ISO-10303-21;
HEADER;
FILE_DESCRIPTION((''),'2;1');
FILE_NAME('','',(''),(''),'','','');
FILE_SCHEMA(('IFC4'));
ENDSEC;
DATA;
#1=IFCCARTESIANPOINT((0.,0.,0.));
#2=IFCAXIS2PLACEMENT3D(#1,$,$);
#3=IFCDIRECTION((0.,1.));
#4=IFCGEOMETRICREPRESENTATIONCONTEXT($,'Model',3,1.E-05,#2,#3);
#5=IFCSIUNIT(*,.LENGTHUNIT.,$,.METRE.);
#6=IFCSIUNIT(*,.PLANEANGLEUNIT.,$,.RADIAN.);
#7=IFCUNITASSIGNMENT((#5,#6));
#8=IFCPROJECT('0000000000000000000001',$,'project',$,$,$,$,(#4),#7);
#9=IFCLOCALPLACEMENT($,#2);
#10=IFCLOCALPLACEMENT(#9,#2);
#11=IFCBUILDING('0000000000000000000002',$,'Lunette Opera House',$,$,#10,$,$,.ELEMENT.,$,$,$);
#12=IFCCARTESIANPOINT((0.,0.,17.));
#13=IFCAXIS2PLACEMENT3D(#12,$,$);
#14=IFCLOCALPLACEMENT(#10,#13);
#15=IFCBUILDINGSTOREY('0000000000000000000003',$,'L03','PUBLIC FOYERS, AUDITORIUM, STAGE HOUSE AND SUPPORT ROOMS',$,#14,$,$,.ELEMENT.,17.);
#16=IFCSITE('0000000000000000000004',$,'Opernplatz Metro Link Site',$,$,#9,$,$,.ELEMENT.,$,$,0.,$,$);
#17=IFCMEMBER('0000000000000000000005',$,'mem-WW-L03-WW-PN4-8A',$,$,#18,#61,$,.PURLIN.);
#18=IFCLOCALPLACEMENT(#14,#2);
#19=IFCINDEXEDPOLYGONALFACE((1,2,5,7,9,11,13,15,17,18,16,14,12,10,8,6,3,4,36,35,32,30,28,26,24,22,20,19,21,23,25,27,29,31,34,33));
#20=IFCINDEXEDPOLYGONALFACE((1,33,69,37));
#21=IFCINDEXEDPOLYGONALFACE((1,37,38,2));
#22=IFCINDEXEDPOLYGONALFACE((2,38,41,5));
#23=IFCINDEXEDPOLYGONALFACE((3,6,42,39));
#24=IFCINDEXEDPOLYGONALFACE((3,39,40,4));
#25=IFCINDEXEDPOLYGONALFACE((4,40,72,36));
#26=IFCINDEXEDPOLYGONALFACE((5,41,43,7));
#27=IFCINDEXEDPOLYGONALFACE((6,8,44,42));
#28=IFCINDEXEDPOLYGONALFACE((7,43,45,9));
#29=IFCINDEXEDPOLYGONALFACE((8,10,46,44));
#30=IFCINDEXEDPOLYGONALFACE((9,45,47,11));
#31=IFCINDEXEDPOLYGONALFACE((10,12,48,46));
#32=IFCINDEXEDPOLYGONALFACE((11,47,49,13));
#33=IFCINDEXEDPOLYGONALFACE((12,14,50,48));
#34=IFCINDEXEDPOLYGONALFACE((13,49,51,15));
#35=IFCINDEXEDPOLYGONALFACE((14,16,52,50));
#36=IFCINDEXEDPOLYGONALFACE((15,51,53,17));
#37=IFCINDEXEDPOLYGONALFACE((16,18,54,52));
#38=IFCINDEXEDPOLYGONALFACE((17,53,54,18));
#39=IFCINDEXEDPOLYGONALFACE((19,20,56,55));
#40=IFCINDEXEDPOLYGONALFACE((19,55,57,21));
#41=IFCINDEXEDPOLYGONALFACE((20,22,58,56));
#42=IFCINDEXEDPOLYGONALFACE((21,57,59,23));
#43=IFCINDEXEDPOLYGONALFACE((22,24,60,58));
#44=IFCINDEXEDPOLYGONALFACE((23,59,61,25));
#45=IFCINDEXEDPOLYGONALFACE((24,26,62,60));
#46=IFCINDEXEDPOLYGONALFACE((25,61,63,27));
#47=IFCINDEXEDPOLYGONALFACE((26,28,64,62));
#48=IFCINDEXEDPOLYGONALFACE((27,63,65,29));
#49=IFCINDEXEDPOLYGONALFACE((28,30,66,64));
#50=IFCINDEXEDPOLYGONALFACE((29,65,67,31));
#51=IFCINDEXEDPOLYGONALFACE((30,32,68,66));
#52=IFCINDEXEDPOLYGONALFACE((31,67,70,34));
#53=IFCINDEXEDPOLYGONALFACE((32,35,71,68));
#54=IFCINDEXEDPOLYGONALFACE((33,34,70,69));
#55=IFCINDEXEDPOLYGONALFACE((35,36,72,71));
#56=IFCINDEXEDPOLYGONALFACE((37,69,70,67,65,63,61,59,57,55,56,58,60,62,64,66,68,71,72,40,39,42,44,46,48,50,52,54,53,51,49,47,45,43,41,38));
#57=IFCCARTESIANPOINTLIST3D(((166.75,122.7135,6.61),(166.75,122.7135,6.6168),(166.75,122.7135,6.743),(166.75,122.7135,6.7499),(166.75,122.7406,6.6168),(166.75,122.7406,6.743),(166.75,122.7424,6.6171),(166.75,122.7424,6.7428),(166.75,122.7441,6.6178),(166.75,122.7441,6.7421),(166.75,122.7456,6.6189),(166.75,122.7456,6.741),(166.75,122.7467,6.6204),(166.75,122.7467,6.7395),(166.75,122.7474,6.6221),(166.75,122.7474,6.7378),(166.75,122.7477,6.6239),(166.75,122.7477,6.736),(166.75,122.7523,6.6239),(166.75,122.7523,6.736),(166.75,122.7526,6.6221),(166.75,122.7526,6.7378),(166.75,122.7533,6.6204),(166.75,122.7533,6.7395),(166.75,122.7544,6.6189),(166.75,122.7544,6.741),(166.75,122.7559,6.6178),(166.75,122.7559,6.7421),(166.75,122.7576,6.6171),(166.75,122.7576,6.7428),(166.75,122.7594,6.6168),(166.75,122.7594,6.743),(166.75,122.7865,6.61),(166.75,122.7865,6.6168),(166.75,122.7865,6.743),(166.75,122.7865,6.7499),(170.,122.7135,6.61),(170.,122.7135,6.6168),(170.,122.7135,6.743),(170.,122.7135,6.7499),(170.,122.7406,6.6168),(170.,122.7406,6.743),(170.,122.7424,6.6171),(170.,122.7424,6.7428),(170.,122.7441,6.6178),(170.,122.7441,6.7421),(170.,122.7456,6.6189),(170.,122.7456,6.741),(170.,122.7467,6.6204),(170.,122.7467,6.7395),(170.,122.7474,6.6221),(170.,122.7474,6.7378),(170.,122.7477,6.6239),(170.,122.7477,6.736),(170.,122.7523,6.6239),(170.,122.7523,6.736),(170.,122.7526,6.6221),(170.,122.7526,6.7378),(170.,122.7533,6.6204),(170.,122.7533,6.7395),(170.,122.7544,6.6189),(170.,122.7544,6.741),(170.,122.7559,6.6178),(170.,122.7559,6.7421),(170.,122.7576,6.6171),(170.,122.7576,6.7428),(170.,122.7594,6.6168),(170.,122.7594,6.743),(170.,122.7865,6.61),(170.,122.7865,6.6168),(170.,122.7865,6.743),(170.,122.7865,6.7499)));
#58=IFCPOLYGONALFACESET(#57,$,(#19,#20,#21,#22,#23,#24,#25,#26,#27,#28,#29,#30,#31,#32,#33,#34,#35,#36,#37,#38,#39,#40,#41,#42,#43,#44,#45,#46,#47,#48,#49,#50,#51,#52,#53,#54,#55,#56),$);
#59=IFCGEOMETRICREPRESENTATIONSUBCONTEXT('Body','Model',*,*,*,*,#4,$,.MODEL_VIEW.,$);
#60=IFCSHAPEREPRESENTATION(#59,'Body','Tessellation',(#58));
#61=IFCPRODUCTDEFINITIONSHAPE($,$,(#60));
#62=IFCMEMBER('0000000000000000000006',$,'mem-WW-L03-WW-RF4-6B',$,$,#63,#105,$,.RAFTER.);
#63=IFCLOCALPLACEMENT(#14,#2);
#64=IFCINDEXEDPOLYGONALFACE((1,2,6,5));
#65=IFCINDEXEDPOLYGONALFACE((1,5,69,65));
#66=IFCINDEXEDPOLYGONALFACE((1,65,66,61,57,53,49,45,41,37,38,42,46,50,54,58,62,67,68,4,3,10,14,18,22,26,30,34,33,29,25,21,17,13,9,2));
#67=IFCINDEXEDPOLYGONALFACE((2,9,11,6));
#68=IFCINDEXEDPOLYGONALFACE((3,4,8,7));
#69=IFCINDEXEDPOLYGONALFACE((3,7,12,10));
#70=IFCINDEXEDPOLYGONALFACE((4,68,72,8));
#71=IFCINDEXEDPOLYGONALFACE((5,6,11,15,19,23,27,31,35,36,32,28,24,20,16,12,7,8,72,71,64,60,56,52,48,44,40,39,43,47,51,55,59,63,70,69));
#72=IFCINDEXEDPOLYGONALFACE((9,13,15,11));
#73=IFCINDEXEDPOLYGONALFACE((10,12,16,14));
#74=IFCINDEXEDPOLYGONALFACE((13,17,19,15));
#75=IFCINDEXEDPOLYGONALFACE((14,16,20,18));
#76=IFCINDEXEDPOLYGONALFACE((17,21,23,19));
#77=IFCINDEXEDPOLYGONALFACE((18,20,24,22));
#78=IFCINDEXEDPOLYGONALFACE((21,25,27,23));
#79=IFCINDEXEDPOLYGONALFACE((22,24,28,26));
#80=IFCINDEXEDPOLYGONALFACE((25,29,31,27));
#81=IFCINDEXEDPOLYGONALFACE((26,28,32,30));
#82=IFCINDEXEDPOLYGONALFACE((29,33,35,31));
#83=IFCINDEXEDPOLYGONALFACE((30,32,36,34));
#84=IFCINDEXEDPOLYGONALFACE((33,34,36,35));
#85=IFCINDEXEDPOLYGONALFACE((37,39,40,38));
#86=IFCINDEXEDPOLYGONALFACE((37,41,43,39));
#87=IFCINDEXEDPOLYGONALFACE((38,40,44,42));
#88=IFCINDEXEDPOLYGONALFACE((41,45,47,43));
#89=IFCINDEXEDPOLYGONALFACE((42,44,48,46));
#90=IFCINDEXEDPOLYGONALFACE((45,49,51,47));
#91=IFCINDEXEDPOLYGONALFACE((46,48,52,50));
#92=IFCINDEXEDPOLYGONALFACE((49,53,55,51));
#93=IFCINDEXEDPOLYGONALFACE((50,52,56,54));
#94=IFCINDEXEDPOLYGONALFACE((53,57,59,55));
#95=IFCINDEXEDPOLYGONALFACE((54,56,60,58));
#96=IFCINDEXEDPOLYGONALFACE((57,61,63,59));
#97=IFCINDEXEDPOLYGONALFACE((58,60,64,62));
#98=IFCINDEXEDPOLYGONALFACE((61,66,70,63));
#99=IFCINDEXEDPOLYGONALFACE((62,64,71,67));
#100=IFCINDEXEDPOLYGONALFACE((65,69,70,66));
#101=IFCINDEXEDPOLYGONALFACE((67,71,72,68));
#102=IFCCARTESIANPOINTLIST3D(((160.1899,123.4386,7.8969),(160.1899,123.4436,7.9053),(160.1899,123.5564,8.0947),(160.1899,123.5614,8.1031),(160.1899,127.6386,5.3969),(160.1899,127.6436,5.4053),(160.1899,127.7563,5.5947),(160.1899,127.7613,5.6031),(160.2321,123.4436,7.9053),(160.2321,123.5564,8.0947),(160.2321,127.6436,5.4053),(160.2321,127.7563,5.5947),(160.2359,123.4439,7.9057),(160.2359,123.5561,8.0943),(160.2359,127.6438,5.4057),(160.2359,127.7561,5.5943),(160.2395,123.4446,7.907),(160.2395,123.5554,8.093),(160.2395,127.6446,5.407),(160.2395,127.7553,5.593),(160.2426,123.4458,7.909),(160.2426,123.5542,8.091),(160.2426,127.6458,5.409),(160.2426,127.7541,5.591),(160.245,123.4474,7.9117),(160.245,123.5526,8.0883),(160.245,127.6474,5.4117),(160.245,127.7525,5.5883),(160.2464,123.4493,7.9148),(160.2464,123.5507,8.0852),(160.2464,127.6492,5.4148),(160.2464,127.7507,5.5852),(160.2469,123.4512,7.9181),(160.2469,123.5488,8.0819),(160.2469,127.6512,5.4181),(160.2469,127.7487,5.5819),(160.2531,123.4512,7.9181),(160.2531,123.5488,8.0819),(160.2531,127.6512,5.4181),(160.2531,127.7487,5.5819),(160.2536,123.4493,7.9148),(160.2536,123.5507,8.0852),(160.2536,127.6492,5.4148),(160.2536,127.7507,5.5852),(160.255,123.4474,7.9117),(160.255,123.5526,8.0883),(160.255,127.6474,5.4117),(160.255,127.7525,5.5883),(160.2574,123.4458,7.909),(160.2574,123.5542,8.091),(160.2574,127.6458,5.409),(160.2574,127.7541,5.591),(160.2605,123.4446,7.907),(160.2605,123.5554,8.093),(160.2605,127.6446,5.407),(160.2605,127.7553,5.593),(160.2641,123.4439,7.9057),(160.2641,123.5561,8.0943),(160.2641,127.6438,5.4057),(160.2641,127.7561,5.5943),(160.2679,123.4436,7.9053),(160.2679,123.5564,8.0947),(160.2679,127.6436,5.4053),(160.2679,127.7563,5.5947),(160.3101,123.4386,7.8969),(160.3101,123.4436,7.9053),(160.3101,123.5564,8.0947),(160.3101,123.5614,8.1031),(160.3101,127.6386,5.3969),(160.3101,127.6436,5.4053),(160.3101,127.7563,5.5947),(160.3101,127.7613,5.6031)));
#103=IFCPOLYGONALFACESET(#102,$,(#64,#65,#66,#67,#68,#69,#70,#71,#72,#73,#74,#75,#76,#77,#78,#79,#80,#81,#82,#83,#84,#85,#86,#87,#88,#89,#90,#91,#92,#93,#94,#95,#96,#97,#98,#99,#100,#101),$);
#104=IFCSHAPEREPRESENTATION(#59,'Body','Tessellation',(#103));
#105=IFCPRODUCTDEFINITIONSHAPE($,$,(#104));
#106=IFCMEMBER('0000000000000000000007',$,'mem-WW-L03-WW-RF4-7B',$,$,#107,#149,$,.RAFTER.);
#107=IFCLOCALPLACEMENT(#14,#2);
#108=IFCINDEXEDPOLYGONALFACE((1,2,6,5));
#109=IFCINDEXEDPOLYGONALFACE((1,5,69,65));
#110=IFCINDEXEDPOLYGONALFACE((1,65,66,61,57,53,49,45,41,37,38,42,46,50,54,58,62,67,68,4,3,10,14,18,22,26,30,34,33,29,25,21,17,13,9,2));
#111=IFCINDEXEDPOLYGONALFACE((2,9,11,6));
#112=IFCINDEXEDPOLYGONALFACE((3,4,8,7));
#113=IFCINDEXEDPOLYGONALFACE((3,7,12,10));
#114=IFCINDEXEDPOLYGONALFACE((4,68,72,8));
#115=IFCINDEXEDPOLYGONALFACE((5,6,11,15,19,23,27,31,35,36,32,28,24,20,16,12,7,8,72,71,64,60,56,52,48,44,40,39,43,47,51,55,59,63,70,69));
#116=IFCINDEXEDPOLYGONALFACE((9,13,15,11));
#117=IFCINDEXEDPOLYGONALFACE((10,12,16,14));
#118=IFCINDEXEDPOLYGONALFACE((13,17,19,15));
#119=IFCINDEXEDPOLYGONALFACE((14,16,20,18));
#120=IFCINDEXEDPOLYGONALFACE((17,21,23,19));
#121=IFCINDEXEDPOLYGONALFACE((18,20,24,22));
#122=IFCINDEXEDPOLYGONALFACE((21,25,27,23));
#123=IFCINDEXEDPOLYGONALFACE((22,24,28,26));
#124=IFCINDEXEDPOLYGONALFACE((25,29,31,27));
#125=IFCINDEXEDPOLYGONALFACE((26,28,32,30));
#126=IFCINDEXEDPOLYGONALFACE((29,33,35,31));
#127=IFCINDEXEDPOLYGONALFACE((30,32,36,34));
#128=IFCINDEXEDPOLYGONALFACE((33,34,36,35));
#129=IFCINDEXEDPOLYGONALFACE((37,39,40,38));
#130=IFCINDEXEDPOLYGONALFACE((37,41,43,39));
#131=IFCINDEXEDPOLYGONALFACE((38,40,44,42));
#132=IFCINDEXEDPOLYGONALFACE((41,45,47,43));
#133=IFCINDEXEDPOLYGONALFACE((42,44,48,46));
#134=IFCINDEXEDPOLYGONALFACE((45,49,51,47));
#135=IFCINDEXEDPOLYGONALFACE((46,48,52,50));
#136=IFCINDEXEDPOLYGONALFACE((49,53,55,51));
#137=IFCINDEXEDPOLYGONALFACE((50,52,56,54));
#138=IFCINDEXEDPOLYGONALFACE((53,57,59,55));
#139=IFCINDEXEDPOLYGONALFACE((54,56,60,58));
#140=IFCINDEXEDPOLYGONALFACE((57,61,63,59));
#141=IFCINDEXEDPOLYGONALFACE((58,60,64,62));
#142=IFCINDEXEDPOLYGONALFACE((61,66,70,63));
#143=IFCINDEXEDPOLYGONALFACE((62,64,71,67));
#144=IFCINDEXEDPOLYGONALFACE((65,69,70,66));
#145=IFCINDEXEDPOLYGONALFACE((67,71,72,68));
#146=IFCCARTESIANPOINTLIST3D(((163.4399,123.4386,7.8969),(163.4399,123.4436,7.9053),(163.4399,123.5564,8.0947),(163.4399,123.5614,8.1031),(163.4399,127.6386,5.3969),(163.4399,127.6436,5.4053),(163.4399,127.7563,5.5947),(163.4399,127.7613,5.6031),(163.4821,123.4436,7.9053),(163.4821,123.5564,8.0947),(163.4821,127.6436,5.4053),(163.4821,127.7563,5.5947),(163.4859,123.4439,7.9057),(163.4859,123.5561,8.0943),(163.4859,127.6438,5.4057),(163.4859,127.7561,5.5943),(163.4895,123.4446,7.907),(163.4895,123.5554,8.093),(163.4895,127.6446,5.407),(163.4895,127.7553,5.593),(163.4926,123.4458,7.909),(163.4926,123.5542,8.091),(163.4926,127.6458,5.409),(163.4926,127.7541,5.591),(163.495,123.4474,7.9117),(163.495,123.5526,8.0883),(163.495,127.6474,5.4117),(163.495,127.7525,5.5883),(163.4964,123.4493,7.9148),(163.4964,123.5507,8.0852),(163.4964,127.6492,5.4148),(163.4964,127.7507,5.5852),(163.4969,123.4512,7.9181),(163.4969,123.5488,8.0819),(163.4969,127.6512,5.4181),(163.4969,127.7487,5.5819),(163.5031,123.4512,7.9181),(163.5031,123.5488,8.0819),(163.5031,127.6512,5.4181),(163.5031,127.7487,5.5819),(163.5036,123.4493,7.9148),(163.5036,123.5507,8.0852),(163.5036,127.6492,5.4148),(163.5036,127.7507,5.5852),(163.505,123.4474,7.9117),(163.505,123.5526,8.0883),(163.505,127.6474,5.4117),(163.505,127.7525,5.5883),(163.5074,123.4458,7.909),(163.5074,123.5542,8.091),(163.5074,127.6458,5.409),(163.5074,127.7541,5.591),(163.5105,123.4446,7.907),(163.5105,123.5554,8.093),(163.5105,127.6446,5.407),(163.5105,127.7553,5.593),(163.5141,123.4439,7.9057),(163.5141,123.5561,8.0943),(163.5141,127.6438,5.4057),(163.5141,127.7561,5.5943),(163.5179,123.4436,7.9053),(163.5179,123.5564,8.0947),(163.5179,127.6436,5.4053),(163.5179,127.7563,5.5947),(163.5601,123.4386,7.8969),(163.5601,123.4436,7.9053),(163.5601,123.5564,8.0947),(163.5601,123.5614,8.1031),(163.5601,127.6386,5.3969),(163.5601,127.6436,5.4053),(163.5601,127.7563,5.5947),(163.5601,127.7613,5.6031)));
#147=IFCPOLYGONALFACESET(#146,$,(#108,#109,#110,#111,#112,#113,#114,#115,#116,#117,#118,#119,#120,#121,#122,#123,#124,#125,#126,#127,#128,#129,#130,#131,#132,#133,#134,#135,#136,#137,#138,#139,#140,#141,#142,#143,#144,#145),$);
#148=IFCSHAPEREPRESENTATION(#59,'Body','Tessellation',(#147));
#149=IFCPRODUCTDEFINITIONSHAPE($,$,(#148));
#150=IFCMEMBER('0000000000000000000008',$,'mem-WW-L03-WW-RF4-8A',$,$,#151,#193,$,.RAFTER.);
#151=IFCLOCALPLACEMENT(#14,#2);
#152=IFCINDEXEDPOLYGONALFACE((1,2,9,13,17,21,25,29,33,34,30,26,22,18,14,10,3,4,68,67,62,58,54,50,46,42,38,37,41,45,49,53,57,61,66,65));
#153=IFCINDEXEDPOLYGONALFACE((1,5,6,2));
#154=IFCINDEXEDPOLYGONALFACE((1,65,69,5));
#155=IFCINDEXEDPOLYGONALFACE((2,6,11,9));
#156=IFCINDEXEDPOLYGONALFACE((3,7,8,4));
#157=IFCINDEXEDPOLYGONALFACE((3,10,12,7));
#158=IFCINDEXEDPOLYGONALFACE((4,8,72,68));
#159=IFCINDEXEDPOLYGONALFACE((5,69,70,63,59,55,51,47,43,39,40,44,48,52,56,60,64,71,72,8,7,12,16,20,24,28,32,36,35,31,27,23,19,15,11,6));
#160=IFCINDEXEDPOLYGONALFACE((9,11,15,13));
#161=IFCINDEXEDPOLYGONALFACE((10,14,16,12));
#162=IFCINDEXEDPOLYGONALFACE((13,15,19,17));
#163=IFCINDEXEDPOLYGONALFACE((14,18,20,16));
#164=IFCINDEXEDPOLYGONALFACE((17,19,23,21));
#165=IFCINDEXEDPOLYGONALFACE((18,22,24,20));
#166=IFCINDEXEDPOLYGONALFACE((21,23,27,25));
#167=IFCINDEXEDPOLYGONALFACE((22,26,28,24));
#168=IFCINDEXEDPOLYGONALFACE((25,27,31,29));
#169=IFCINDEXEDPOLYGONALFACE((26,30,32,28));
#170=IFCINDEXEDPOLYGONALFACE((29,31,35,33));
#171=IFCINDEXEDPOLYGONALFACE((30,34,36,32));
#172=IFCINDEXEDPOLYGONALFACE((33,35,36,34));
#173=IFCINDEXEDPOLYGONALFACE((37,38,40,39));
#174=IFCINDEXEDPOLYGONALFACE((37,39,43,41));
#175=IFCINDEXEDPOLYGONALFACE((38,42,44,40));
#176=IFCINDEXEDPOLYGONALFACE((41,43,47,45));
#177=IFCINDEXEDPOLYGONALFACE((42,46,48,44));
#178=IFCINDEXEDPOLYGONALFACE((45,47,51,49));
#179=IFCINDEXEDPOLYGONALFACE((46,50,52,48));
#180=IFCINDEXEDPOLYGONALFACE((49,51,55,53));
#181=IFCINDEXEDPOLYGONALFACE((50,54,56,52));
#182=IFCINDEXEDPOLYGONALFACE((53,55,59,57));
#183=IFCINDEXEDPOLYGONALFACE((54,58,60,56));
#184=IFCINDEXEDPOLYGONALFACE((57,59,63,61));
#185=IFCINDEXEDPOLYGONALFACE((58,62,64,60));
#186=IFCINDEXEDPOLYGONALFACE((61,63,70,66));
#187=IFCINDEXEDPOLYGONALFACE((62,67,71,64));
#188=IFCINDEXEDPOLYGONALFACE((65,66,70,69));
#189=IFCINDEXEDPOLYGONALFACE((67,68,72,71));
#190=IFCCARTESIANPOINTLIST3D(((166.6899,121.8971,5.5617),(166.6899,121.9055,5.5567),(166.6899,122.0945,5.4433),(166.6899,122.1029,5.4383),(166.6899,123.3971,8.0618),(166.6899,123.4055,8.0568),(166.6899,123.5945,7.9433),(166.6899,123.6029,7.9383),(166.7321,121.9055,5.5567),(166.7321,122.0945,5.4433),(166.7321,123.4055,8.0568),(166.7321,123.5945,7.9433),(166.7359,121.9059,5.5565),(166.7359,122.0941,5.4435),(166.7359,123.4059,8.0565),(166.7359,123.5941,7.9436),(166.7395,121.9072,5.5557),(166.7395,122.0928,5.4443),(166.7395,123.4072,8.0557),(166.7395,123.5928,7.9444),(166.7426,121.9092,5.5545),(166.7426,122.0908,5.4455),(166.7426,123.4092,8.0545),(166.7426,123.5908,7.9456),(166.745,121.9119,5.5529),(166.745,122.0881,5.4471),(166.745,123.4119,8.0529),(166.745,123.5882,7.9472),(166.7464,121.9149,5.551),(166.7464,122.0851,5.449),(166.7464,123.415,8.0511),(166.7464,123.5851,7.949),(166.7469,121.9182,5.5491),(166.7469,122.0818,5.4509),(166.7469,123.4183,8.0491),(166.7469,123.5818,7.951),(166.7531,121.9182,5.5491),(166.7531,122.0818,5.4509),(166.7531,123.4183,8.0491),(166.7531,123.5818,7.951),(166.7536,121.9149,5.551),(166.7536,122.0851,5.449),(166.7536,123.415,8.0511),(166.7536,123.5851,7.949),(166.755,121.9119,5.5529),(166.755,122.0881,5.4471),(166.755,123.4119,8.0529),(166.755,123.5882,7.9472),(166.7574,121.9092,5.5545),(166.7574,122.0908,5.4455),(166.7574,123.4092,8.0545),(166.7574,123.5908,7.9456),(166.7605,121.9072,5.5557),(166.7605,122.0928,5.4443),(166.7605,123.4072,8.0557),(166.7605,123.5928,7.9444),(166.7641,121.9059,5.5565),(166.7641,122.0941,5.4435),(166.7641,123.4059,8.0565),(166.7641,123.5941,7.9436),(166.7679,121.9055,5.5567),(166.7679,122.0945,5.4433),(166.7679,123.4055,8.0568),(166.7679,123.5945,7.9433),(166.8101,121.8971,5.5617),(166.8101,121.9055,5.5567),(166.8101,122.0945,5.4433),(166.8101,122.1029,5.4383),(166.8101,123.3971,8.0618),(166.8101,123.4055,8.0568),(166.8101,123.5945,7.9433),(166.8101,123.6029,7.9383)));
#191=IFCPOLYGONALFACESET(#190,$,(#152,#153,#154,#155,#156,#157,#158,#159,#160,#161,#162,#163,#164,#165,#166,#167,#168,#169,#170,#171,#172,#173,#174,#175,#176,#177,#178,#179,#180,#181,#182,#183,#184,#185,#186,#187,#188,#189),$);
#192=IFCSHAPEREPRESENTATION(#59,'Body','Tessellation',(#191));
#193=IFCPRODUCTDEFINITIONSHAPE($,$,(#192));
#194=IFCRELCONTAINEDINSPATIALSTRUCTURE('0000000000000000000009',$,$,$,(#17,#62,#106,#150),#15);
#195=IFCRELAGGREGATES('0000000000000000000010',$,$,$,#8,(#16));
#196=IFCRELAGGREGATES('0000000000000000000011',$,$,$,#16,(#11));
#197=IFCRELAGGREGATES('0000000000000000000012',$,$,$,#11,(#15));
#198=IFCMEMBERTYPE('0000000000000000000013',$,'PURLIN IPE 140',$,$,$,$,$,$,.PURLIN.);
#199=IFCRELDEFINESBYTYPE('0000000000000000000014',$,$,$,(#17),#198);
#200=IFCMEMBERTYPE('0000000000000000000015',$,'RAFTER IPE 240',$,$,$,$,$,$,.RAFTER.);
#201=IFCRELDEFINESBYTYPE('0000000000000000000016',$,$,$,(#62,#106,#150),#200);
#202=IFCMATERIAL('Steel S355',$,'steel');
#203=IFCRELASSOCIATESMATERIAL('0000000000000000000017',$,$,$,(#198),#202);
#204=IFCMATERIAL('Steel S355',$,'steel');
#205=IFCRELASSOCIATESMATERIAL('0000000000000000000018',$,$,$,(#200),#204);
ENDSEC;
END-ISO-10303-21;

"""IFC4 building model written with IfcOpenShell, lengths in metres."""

from ifc_helpers import new_model, si_unit, direction, frame, origin, origin_2d, place, context, subcontext, project, spatial, i_section, extrude, material, material_profile, profile_set, type_object, element, save


model = new_model("IFC4")

# Units and contexts
model_context = context("Model", 3, precision=1e-05, world=origin(), true_north=direction((0.0, 1.0)))
body_context = subcontext(model_context, "Body", "Model", "MODEL_VIEW")
ifc_project = project(units=[si_unit("LENGTHUNIT", "METRE"), si_unit("PLANEANGLEUNIT", "RADIAN")], contexts=[model_context])

# Site, building, storey
site_placement = place(None, origin())
site = spatial("IfcSite", under=ifc_project, at=site_placement, Name="Opernplatz Metro Link Site", CompositionType="ELEMENT", RefElevation=0.0)
building_placement = place(site_placement, origin())
building = spatial("IfcBuilding", under=site, at=building_placement, Name="Lunette Opera House", CompositionType="ELEMENT")
storey_placement = place(building_placement, frame((0.0, 0.0, 17.0)))
storey = spatial("IfcBuildingStorey", under=building, at=storey_placement, Name="L03", Description="PUBLIC FOYERS, AUDITORIUM, STAGE HOUSE AND SUPPORT ROOMS", CompositionType="ELEMENT", Elevation=17.0)

# Members
ifc_material_1 = material(Name="Steel S355", Category="steel")
ifc_material_profile_1 = material_profile(ifc_material_1, i_section(OverallWidth=0.073, OverallDepth=0.1399, WebThickness=0.0046, FlangeThickness=0.0068, FilletRadius=0.0071, at=origin_2d()), Name="IPE 140")
ifc_profile_set_1 = profile_set([ifc_material_profile_1], Name="Steel S355")
member_type_1 = type_object("IfcMemberType", Name="PURLIN IPE 140", PredefinedType="PURLIN", material=ifc_profile_set_1)
for number, where, z_axis, x_axis, name in (
    (1, (166.75, 122.75, 6.6799), (1.0, 0.0, 0.0), (0.0, 1.0, 0.0), "mem-WW-L03-WW-PN4-8A"),
):
    element("IfcMember", number, at=place(storey_placement, frame(where, z_axis=z_axis, x_axis=x_axis)), inside=storey, type_object=member_type_1, Name=name, PredefinedType="PURLIN", context=body_context, shape_type="SweptSolid", body=[
        extrude(i_section(OverallWidth=0.073, OverallDepth=0.1399, WebThickness=0.0046, FlangeThickness=0.0068, FilletRadius=0.0071, at=origin_2d()), origin(), (0.0, 0.0, 1.0), 3.25),
    ])
ifc_material_2 = material(Name="Steel S355", Category="steel")
ifc_material_profile_2 = material_profile(ifc_material_2, i_section(OverallWidth=0.1201, OverallDepth=0.24, WebThickness=0.0061, FlangeThickness=0.0098, FilletRadius=0.0149, at=origin_2d()), Name="IPE 240")
ifc_profile_set_2 = profile_set([ifc_material_profile_2], Name="Steel S355")
member_type_2 = type_object("IfcMemberType", Name="RAFTER IPE 240", PredefinedType="RAFTER", material=ifc_profile_set_2)
for number, where, z_axis, x_axis, name in (
    (2, (160.25, 123.5, 8.0), (0.0, 0.85929, -0.511488), (-1.0, 0.0, 0.0), "mem-WW-L03-WW-RF4-6B"),
    (3, (163.5, 123.5, 8.0), (0.0, 0.85929, -0.511488), (-1.0, 0.0, 0.0), "mem-WW-L03-WW-RF4-7B"),
):
    element("IfcMember", number, at=place(storey_placement, frame(where, z_axis=z_axis, x_axis=x_axis)), inside=storey, type_object=member_type_2, Name=name, PredefinedType="RAFTER", context=body_context, shape_type="SweptSolid", body=[
        extrude(i_section(OverallWidth=0.1201, OverallDepth=0.24, WebThickness=0.0061, FlangeThickness=0.0098, FilletRadius=0.0149, at=origin_2d()), origin(), (0.0, 0.0, 1.0), 4.8877),
    ])
member_1_placement = place(storey_placement, frame((166.75, 122.0, 5.5), z_axis=(0.0, 0.514496, 0.857493), x_axis=(-1.0, 0.0, 0.0)))
element("IfcMember", 4, at=member_1_placement, inside=storey, type_object=member_type_2, Name="mem-WW-L03-WW-RF4-8A", PredefinedType="RAFTER", context=body_context, shape_type="SweptSolid", body=[
    extrude(i_section(OverallWidth=0.1201, OverallDepth=0.24, WebThickness=0.0061, FlangeThickness=0.0098, FilletRadius=0.0149, at=origin_2d()), origin(), (0.0, 0.0, 1.0), 2.9155),
])

save(model, "model.ifc")
